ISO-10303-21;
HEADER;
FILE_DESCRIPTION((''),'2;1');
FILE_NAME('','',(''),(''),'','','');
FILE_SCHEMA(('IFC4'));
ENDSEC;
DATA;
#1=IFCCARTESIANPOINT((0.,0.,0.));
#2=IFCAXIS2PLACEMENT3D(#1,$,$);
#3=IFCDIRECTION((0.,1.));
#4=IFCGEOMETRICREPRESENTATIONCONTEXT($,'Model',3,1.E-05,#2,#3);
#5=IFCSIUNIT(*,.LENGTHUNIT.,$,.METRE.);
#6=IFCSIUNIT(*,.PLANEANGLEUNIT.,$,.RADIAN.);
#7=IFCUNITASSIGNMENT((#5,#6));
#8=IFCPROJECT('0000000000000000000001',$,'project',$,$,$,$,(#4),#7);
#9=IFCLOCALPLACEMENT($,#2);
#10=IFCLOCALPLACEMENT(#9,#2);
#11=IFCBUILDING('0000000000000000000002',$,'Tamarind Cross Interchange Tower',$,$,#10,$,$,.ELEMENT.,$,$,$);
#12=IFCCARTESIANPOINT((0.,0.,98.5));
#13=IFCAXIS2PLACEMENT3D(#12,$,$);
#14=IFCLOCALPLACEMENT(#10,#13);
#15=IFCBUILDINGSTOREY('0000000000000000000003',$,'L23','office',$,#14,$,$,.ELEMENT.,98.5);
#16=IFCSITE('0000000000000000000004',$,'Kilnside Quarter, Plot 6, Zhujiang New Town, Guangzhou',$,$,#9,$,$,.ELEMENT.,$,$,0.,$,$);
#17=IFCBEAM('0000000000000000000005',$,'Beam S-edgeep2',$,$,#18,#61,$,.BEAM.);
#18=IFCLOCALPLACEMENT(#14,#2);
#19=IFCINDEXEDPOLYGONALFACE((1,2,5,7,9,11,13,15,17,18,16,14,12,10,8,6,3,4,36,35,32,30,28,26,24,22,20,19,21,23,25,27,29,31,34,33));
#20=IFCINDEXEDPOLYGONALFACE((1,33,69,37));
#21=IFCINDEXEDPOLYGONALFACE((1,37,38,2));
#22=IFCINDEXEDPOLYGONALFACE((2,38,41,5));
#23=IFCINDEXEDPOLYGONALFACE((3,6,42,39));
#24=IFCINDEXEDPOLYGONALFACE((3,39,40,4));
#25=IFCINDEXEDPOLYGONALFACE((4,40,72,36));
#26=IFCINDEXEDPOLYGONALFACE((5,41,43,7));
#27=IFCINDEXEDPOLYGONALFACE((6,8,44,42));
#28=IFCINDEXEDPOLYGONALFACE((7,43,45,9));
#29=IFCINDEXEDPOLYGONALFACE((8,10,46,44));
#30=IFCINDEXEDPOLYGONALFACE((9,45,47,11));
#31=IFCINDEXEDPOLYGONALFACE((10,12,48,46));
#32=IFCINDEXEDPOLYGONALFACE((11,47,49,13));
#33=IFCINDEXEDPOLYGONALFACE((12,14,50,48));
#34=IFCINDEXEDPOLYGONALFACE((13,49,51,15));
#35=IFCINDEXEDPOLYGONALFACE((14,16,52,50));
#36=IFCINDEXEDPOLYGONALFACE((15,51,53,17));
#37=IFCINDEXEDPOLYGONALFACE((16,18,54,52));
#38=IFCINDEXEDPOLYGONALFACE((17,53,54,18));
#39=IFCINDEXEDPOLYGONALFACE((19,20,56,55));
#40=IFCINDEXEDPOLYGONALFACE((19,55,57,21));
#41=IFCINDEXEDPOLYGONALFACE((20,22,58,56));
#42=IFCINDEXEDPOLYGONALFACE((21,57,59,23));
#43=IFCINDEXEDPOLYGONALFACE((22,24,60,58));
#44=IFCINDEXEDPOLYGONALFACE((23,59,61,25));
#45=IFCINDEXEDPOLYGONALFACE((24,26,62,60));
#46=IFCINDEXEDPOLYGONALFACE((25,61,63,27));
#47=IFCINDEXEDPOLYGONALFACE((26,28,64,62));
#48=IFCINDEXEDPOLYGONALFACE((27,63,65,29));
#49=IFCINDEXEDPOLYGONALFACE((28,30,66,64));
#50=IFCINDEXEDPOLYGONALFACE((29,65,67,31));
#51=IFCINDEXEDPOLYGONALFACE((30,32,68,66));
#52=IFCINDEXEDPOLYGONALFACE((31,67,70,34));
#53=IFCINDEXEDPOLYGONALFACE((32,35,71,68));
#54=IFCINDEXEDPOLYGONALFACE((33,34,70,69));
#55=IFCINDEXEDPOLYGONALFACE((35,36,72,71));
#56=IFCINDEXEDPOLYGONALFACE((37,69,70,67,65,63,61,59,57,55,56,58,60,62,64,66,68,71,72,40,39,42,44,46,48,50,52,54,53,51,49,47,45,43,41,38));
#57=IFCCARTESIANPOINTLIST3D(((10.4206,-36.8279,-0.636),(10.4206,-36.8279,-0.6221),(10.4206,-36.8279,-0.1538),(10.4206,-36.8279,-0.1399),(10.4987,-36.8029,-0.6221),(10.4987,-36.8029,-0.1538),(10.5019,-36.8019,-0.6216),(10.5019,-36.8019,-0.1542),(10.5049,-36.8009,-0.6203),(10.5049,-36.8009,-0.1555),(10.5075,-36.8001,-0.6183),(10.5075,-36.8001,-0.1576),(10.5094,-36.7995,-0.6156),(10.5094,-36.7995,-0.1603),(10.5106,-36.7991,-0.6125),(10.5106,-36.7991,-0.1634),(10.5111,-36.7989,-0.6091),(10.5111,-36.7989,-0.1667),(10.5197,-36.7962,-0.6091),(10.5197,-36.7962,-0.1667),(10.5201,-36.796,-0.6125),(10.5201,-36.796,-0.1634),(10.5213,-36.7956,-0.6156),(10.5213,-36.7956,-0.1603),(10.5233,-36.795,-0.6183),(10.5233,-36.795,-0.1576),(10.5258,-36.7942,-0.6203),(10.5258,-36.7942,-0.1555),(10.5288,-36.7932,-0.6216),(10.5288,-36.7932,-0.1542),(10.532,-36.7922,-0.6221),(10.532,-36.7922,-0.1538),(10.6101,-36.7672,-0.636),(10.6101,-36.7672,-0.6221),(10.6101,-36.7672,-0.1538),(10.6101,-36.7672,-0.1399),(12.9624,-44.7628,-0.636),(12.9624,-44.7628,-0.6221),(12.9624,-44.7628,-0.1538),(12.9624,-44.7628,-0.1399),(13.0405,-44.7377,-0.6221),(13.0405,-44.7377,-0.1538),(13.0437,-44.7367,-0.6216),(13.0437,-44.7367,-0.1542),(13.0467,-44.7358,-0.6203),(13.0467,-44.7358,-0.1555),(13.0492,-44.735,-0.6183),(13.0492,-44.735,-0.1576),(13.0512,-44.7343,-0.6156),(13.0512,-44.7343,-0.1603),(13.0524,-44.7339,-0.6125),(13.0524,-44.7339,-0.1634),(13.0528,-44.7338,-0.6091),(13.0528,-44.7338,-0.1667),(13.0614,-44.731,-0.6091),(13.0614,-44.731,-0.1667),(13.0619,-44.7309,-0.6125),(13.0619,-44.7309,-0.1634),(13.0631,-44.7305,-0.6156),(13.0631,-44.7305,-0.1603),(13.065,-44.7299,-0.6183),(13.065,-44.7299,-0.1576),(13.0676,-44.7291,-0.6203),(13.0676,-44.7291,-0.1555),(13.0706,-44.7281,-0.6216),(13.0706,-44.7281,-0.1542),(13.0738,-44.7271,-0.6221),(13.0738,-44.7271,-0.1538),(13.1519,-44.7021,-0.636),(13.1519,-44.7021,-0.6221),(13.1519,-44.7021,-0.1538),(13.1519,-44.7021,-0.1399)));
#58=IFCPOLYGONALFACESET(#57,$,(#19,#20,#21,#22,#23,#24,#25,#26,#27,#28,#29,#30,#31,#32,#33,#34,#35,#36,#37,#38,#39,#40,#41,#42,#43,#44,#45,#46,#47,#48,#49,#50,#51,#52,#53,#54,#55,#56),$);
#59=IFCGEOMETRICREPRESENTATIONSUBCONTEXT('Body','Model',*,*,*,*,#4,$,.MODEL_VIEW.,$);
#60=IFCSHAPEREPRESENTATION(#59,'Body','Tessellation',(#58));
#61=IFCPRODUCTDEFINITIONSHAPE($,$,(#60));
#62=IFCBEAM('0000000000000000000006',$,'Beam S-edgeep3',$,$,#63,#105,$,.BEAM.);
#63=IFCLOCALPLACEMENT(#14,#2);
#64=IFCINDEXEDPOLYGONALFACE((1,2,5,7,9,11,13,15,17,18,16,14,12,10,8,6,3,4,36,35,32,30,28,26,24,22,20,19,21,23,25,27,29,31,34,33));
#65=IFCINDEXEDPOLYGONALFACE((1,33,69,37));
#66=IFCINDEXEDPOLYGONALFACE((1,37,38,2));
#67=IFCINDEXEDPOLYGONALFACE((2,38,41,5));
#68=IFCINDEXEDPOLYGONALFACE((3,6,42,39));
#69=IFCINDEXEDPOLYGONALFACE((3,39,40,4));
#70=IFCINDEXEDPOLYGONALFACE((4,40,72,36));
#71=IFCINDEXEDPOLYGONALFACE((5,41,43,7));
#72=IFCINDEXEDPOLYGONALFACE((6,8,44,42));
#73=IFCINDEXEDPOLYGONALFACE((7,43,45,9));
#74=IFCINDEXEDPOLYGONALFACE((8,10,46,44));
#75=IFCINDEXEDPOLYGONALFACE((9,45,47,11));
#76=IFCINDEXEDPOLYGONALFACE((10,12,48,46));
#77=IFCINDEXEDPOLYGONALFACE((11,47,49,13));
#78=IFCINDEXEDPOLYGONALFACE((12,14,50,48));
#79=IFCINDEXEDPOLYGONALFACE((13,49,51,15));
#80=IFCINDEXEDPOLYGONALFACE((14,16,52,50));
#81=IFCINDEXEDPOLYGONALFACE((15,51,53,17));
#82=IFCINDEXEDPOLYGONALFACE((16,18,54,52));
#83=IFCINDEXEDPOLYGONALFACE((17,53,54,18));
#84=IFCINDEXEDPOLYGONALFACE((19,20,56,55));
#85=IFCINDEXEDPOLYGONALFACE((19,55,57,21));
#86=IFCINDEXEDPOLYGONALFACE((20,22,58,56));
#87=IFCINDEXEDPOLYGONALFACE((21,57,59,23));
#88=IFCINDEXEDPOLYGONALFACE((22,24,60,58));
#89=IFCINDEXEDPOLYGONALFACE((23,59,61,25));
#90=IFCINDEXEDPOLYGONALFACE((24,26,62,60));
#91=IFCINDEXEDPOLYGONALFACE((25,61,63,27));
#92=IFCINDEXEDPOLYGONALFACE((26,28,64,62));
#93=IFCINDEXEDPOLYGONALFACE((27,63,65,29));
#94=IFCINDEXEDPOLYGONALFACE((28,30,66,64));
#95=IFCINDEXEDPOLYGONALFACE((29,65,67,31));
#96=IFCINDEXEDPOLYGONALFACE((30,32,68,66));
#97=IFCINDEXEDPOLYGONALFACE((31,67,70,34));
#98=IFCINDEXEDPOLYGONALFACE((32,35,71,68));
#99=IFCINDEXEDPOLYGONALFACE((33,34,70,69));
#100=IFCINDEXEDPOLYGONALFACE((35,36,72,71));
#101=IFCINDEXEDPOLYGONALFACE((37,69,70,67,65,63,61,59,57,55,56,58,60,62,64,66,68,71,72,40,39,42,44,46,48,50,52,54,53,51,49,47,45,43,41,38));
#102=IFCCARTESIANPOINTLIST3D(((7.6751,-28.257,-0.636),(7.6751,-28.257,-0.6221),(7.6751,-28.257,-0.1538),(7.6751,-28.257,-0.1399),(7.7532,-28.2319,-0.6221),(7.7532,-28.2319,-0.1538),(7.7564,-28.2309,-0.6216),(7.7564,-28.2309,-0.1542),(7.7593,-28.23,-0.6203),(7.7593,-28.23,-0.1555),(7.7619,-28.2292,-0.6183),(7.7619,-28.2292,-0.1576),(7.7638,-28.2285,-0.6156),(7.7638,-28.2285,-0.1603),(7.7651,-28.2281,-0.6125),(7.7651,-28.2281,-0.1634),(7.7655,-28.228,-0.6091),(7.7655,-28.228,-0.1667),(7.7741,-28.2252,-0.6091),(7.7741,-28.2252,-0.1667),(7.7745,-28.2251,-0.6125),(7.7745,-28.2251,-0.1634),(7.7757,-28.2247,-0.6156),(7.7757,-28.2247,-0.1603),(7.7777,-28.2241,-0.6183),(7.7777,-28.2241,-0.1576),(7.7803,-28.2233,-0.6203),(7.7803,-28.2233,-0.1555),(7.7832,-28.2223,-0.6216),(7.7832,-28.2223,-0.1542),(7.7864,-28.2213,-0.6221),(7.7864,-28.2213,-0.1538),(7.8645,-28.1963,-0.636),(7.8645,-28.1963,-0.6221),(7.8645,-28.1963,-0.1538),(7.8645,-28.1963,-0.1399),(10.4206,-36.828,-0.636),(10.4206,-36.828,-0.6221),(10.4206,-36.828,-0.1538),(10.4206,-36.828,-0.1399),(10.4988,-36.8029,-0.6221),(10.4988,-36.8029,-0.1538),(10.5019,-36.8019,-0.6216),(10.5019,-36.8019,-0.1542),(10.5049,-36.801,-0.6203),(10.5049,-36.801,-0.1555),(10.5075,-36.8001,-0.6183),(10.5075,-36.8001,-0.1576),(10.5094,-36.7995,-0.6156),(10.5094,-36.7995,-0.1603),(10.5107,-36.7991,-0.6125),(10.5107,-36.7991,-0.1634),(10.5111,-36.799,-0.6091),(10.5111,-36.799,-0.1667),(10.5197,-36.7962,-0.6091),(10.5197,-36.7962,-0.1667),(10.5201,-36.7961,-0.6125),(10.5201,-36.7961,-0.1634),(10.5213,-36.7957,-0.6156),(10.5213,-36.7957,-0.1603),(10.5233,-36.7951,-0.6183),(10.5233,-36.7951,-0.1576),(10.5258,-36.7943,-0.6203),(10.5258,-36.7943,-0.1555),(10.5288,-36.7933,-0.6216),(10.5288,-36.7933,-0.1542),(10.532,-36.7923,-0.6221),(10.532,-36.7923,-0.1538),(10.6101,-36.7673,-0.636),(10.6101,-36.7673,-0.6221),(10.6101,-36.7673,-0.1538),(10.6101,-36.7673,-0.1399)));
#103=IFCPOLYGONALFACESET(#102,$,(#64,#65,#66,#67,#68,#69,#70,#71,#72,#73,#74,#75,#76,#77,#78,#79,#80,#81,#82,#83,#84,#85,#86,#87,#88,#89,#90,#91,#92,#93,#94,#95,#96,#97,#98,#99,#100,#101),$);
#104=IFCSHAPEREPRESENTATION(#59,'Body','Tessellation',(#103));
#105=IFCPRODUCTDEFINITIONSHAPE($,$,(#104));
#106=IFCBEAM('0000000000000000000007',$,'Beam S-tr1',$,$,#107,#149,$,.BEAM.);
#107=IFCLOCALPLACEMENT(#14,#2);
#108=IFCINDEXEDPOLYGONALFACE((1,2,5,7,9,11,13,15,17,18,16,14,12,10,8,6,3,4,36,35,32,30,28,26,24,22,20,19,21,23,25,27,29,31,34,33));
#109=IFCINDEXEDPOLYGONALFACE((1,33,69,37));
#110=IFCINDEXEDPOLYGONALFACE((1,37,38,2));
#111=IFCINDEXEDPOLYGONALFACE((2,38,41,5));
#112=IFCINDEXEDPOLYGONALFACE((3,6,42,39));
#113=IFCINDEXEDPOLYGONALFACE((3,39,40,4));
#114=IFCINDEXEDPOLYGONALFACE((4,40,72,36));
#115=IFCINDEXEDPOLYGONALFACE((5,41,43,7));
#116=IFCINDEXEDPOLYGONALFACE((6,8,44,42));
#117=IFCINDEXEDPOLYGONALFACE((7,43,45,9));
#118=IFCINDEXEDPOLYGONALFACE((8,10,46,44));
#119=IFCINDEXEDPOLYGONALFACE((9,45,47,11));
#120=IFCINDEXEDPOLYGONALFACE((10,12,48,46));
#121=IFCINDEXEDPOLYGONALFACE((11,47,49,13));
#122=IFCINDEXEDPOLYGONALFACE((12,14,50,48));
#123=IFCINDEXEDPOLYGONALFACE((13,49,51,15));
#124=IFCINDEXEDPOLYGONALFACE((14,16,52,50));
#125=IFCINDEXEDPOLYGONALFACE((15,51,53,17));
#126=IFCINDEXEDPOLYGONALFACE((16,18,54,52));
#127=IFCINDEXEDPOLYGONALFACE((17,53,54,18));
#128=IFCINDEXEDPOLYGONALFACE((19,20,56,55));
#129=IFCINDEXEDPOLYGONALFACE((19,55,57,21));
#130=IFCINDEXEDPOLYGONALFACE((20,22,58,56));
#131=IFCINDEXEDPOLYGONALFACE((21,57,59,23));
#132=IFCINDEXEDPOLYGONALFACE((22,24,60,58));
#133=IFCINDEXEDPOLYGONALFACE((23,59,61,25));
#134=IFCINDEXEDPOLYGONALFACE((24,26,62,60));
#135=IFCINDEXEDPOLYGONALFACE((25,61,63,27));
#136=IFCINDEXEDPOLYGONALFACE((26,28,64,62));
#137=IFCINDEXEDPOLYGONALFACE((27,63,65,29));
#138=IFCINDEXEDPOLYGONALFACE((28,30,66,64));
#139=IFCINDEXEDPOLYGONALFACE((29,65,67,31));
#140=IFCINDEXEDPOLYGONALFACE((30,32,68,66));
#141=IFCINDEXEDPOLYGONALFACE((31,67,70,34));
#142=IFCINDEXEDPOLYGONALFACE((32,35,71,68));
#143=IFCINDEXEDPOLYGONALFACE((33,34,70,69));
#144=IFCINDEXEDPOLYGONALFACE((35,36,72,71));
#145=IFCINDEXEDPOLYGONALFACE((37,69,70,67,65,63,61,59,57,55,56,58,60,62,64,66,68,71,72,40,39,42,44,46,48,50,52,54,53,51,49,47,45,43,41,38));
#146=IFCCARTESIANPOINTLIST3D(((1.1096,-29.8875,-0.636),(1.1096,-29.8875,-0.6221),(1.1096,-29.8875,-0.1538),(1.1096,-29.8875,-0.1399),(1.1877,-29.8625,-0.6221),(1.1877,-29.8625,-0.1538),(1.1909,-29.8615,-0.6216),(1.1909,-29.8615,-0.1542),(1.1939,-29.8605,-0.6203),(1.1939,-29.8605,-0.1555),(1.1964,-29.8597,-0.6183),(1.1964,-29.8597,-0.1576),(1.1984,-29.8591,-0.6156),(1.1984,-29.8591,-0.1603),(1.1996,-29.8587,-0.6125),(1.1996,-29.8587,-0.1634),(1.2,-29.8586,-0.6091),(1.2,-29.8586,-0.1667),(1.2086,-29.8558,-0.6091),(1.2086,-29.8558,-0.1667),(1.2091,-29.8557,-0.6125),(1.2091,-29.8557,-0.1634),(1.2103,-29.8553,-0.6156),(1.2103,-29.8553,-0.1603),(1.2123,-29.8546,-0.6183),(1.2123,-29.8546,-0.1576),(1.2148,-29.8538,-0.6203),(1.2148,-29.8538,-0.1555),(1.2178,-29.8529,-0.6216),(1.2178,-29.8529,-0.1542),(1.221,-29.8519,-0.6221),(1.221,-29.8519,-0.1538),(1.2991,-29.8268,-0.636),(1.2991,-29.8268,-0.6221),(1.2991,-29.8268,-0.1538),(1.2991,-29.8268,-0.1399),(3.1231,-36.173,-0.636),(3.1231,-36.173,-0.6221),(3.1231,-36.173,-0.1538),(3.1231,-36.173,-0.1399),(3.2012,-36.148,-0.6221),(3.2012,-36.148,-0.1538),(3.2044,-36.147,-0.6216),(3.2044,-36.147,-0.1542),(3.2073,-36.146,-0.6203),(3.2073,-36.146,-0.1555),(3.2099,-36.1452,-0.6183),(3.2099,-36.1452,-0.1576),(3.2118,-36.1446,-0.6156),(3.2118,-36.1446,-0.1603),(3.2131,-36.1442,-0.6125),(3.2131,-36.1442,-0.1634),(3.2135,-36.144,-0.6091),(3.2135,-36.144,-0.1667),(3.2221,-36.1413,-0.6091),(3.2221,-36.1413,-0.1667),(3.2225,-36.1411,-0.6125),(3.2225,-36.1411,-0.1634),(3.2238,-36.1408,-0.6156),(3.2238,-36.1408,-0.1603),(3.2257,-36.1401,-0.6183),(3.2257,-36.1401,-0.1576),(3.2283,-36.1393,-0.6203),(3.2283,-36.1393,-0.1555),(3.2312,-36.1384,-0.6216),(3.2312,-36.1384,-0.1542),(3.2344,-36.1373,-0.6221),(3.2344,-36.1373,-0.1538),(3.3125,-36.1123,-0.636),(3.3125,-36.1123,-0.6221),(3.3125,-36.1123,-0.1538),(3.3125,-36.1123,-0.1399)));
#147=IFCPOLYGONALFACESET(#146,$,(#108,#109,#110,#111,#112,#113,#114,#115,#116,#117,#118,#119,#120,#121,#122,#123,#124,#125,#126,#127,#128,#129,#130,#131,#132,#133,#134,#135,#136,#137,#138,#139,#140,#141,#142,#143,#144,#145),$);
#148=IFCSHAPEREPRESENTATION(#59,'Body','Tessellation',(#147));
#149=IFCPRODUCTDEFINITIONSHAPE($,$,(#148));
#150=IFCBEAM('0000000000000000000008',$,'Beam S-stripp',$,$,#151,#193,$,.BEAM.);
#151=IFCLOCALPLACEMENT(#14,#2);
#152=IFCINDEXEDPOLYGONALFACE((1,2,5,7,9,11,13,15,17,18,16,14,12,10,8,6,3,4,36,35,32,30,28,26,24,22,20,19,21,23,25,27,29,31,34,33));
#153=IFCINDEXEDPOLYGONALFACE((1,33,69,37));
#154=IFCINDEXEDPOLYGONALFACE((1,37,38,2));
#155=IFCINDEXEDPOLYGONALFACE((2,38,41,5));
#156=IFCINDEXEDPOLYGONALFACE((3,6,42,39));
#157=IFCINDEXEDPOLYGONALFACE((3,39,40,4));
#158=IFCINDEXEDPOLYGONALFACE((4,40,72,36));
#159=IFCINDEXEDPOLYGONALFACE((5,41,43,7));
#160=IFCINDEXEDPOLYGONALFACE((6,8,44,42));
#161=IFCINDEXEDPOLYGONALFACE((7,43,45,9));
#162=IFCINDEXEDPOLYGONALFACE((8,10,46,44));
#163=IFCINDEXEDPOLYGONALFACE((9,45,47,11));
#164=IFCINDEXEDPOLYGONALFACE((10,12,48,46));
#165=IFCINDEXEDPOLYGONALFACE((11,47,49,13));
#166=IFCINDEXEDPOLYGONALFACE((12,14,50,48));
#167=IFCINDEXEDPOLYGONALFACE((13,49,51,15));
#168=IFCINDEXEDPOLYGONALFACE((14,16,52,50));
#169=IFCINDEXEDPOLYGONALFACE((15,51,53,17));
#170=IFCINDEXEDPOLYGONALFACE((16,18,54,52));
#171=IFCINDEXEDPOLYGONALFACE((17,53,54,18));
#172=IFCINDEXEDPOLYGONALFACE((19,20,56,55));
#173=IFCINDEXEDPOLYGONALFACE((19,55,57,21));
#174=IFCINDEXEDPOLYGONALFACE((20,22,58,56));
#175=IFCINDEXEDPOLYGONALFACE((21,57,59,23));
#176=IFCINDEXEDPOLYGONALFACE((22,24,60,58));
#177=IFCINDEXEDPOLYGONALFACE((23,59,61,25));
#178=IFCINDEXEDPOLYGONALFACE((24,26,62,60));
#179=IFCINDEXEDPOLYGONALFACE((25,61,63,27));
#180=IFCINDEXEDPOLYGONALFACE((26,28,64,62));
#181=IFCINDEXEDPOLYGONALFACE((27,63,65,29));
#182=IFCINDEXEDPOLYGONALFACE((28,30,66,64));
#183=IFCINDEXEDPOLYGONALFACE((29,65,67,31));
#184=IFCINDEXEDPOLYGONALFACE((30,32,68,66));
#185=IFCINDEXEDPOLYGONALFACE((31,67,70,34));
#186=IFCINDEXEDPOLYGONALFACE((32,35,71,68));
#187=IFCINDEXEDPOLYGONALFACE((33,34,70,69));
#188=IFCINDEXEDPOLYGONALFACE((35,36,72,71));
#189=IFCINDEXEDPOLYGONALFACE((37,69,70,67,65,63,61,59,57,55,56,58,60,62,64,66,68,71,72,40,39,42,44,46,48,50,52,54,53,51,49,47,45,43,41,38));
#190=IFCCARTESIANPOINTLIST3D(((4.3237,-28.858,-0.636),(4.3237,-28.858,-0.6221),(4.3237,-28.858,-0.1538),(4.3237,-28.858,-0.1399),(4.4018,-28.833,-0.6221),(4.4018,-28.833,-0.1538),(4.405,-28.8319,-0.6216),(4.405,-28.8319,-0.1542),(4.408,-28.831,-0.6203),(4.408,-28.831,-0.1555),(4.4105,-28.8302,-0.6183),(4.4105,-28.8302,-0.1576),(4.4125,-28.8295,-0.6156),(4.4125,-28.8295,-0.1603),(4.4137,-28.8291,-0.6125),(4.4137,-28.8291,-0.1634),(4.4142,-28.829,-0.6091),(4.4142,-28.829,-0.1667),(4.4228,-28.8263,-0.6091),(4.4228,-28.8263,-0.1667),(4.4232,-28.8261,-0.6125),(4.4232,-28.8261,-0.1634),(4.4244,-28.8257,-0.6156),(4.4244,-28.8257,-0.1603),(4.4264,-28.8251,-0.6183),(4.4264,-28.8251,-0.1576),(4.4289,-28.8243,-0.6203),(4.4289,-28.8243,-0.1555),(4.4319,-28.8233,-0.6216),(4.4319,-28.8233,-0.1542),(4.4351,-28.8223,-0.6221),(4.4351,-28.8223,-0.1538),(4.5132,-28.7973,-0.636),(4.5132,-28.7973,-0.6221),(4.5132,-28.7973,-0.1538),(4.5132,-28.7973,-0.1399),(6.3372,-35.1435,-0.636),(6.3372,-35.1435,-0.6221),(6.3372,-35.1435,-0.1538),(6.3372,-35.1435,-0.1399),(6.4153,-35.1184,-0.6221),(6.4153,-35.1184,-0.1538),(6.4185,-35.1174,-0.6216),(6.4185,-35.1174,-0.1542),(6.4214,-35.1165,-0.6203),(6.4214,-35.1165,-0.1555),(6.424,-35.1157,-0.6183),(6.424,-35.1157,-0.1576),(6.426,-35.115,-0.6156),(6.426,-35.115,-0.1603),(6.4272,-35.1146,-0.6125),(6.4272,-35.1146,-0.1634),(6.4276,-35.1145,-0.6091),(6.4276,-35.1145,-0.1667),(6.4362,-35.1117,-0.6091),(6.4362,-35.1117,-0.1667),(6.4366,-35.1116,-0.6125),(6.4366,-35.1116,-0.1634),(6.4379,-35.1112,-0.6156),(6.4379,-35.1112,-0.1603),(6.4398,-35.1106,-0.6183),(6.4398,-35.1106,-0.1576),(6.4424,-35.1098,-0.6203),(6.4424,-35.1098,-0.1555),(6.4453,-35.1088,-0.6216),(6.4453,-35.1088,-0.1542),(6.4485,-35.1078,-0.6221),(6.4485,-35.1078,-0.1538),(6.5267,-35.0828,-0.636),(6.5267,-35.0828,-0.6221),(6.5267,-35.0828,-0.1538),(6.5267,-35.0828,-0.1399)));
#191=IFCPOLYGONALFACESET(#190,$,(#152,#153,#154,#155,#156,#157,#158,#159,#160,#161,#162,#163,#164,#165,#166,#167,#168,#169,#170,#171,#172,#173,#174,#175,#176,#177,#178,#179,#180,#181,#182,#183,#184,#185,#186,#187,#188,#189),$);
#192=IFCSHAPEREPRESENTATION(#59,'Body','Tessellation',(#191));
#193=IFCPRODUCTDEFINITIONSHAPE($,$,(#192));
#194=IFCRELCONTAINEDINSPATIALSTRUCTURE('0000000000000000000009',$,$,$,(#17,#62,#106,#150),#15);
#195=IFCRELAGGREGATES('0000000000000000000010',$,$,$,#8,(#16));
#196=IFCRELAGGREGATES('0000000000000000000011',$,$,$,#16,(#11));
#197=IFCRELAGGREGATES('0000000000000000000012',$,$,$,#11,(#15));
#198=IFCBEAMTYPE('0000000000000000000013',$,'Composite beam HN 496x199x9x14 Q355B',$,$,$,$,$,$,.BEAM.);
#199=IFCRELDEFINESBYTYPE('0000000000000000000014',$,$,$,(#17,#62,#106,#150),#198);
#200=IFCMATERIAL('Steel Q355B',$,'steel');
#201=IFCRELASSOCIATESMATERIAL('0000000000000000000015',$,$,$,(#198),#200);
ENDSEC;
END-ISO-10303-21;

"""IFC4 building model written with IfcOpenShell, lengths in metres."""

from ifc_helpers import new_model, si_unit, direction, frame, origin, origin_2d, place, context, subcontext, project, spatial, i_section, extrude, material, material_profile, profile_set, type_object, element, save


model = new_model("IFC4")

# Units and contexts
model_context = context("Model", 3, precision=1e-05, world=origin(), true_north=direction((0.0, 1.0)))
body_context = subcontext(model_context, "Body", "Model", "MODEL_VIEW")
ifc_project = project(units=[si_unit("LENGTHUNIT", "METRE"), si_unit("PLANEANGLEUNIT", "RADIAN")], contexts=[model_context])

# Site, building, storey
site_placement = place(None, origin())
site = spatial("IfcSite", under=ifc_project, at=site_placement, Name="Kilnside Quarter, Plot 6, Zhujiang New Town, Guangzhou", CompositionType="ELEMENT", RefElevation=0.0)
building_placement = place(site_placement, origin())
building = spatial("IfcBuilding", under=site, at=building_placement, Name="Tamarind Cross Interchange Tower", CompositionType="ELEMENT")
storey_placement = place(building_placement, frame((0.0, 0.0, 98.5)))
storey = spatial("IfcBuildingStorey", under=building, at=storey_placement, Name="L23", Description="office", CompositionType="ELEMENT", Elevation=98.5)

# Beams
ifc_material_1 = material(Name="Steel Q355B", Category="steel")
ifc_material_profile_1 = material_profile(ifc_material_1, i_section(OverallWidth=0.199, OverallDepth=0.4961, WebThickness=0.009, FlangeThickness=0.0139, FilletRadius=0.0129, at=origin_2d()), Name="HN 496x199x9x14")
ifc_profile_set_1 = profile_set([ifc_material_profile_1], Name="Steel Q355B")
beam_type_1 = type_object("IfcBeamType", Name="Composite beam HN 496x199x9x14 Q355B", PredefinedType="BEAM", material=ifc_profile_set_1)
beam_1_placement = place(storey_placement, frame((13.0571, -44.7324, -0.3879), z_axis=(-0.30506, 0.952333, 0.0), x_axis=(-0.952333, -0.30506, 0.0)))
element("IfcBeam", 1, at=beam_1_placement, inside=storey, type_object=beam_type_1, Name="Beam S-edgeep2", PredefinedType="BEAM", context=body_context, shape_type="SweptSolid", body=[
    extrude(i_section(OverallWidth=0.199, OverallDepth=0.4961, WebThickness=0.009, FlangeThickness=0.0139, FilletRadius=0.0129, at=origin_2d()), origin(), (0.0, 0.0, 1.0), 8.332),
])
beam_2_placement = place(storey_placement, frame((10.5154, -36.7976, -0.3879), z_axis=(-0.305065, 0.952332, 0.0), x_axis=(-0.952332, -0.305065, 0.0)))
element("IfcBeam", 2, at=beam_2_placement, inside=storey, type_object=beam_type_1, Name="Beam S-edgeep3", PredefinedType="BEAM", context=body_context, shape_type="SweptSolid", body=[
    extrude(i_section(OverallWidth=0.199, OverallDepth=0.4961, WebThickness=0.009, FlangeThickness=0.0139, FilletRadius=0.0129, at=origin_2d()), origin(), (0.0, 0.0, 1.0), 9.0),
])
for number, where, z_axis, x_axis, name in (
    (3, (1.2043, -29.8572, -0.3879), (0.305064, -0.952332, 0.0), (0.952332, 0.305064, 0.0), "Beam S-tr1"),
    (4, (4.4185, -28.8276, -0.3879), (0.305064, -0.952332, 0.0), (0.952332, 0.305064, 0.0), "Beam S-stripp"),
):
    element("IfcBeam", number, at=place(storey_placement, frame(where, z_axis=z_axis, x_axis=x_axis)), inside=storey, type_object=beam_type_1, Name=name, PredefinedType="BEAM", context=body_context, shape_type="SweptSolid", body=[
        extrude(i_section(OverallWidth=0.199, OverallDepth=0.4961, WebThickness=0.009, FlangeThickness=0.0139, FilletRadius=0.0129, at=origin_2d()), origin(), (0.0, 0.0, 1.0), 6.6001),
    ])

save(model, "model.ifc")
